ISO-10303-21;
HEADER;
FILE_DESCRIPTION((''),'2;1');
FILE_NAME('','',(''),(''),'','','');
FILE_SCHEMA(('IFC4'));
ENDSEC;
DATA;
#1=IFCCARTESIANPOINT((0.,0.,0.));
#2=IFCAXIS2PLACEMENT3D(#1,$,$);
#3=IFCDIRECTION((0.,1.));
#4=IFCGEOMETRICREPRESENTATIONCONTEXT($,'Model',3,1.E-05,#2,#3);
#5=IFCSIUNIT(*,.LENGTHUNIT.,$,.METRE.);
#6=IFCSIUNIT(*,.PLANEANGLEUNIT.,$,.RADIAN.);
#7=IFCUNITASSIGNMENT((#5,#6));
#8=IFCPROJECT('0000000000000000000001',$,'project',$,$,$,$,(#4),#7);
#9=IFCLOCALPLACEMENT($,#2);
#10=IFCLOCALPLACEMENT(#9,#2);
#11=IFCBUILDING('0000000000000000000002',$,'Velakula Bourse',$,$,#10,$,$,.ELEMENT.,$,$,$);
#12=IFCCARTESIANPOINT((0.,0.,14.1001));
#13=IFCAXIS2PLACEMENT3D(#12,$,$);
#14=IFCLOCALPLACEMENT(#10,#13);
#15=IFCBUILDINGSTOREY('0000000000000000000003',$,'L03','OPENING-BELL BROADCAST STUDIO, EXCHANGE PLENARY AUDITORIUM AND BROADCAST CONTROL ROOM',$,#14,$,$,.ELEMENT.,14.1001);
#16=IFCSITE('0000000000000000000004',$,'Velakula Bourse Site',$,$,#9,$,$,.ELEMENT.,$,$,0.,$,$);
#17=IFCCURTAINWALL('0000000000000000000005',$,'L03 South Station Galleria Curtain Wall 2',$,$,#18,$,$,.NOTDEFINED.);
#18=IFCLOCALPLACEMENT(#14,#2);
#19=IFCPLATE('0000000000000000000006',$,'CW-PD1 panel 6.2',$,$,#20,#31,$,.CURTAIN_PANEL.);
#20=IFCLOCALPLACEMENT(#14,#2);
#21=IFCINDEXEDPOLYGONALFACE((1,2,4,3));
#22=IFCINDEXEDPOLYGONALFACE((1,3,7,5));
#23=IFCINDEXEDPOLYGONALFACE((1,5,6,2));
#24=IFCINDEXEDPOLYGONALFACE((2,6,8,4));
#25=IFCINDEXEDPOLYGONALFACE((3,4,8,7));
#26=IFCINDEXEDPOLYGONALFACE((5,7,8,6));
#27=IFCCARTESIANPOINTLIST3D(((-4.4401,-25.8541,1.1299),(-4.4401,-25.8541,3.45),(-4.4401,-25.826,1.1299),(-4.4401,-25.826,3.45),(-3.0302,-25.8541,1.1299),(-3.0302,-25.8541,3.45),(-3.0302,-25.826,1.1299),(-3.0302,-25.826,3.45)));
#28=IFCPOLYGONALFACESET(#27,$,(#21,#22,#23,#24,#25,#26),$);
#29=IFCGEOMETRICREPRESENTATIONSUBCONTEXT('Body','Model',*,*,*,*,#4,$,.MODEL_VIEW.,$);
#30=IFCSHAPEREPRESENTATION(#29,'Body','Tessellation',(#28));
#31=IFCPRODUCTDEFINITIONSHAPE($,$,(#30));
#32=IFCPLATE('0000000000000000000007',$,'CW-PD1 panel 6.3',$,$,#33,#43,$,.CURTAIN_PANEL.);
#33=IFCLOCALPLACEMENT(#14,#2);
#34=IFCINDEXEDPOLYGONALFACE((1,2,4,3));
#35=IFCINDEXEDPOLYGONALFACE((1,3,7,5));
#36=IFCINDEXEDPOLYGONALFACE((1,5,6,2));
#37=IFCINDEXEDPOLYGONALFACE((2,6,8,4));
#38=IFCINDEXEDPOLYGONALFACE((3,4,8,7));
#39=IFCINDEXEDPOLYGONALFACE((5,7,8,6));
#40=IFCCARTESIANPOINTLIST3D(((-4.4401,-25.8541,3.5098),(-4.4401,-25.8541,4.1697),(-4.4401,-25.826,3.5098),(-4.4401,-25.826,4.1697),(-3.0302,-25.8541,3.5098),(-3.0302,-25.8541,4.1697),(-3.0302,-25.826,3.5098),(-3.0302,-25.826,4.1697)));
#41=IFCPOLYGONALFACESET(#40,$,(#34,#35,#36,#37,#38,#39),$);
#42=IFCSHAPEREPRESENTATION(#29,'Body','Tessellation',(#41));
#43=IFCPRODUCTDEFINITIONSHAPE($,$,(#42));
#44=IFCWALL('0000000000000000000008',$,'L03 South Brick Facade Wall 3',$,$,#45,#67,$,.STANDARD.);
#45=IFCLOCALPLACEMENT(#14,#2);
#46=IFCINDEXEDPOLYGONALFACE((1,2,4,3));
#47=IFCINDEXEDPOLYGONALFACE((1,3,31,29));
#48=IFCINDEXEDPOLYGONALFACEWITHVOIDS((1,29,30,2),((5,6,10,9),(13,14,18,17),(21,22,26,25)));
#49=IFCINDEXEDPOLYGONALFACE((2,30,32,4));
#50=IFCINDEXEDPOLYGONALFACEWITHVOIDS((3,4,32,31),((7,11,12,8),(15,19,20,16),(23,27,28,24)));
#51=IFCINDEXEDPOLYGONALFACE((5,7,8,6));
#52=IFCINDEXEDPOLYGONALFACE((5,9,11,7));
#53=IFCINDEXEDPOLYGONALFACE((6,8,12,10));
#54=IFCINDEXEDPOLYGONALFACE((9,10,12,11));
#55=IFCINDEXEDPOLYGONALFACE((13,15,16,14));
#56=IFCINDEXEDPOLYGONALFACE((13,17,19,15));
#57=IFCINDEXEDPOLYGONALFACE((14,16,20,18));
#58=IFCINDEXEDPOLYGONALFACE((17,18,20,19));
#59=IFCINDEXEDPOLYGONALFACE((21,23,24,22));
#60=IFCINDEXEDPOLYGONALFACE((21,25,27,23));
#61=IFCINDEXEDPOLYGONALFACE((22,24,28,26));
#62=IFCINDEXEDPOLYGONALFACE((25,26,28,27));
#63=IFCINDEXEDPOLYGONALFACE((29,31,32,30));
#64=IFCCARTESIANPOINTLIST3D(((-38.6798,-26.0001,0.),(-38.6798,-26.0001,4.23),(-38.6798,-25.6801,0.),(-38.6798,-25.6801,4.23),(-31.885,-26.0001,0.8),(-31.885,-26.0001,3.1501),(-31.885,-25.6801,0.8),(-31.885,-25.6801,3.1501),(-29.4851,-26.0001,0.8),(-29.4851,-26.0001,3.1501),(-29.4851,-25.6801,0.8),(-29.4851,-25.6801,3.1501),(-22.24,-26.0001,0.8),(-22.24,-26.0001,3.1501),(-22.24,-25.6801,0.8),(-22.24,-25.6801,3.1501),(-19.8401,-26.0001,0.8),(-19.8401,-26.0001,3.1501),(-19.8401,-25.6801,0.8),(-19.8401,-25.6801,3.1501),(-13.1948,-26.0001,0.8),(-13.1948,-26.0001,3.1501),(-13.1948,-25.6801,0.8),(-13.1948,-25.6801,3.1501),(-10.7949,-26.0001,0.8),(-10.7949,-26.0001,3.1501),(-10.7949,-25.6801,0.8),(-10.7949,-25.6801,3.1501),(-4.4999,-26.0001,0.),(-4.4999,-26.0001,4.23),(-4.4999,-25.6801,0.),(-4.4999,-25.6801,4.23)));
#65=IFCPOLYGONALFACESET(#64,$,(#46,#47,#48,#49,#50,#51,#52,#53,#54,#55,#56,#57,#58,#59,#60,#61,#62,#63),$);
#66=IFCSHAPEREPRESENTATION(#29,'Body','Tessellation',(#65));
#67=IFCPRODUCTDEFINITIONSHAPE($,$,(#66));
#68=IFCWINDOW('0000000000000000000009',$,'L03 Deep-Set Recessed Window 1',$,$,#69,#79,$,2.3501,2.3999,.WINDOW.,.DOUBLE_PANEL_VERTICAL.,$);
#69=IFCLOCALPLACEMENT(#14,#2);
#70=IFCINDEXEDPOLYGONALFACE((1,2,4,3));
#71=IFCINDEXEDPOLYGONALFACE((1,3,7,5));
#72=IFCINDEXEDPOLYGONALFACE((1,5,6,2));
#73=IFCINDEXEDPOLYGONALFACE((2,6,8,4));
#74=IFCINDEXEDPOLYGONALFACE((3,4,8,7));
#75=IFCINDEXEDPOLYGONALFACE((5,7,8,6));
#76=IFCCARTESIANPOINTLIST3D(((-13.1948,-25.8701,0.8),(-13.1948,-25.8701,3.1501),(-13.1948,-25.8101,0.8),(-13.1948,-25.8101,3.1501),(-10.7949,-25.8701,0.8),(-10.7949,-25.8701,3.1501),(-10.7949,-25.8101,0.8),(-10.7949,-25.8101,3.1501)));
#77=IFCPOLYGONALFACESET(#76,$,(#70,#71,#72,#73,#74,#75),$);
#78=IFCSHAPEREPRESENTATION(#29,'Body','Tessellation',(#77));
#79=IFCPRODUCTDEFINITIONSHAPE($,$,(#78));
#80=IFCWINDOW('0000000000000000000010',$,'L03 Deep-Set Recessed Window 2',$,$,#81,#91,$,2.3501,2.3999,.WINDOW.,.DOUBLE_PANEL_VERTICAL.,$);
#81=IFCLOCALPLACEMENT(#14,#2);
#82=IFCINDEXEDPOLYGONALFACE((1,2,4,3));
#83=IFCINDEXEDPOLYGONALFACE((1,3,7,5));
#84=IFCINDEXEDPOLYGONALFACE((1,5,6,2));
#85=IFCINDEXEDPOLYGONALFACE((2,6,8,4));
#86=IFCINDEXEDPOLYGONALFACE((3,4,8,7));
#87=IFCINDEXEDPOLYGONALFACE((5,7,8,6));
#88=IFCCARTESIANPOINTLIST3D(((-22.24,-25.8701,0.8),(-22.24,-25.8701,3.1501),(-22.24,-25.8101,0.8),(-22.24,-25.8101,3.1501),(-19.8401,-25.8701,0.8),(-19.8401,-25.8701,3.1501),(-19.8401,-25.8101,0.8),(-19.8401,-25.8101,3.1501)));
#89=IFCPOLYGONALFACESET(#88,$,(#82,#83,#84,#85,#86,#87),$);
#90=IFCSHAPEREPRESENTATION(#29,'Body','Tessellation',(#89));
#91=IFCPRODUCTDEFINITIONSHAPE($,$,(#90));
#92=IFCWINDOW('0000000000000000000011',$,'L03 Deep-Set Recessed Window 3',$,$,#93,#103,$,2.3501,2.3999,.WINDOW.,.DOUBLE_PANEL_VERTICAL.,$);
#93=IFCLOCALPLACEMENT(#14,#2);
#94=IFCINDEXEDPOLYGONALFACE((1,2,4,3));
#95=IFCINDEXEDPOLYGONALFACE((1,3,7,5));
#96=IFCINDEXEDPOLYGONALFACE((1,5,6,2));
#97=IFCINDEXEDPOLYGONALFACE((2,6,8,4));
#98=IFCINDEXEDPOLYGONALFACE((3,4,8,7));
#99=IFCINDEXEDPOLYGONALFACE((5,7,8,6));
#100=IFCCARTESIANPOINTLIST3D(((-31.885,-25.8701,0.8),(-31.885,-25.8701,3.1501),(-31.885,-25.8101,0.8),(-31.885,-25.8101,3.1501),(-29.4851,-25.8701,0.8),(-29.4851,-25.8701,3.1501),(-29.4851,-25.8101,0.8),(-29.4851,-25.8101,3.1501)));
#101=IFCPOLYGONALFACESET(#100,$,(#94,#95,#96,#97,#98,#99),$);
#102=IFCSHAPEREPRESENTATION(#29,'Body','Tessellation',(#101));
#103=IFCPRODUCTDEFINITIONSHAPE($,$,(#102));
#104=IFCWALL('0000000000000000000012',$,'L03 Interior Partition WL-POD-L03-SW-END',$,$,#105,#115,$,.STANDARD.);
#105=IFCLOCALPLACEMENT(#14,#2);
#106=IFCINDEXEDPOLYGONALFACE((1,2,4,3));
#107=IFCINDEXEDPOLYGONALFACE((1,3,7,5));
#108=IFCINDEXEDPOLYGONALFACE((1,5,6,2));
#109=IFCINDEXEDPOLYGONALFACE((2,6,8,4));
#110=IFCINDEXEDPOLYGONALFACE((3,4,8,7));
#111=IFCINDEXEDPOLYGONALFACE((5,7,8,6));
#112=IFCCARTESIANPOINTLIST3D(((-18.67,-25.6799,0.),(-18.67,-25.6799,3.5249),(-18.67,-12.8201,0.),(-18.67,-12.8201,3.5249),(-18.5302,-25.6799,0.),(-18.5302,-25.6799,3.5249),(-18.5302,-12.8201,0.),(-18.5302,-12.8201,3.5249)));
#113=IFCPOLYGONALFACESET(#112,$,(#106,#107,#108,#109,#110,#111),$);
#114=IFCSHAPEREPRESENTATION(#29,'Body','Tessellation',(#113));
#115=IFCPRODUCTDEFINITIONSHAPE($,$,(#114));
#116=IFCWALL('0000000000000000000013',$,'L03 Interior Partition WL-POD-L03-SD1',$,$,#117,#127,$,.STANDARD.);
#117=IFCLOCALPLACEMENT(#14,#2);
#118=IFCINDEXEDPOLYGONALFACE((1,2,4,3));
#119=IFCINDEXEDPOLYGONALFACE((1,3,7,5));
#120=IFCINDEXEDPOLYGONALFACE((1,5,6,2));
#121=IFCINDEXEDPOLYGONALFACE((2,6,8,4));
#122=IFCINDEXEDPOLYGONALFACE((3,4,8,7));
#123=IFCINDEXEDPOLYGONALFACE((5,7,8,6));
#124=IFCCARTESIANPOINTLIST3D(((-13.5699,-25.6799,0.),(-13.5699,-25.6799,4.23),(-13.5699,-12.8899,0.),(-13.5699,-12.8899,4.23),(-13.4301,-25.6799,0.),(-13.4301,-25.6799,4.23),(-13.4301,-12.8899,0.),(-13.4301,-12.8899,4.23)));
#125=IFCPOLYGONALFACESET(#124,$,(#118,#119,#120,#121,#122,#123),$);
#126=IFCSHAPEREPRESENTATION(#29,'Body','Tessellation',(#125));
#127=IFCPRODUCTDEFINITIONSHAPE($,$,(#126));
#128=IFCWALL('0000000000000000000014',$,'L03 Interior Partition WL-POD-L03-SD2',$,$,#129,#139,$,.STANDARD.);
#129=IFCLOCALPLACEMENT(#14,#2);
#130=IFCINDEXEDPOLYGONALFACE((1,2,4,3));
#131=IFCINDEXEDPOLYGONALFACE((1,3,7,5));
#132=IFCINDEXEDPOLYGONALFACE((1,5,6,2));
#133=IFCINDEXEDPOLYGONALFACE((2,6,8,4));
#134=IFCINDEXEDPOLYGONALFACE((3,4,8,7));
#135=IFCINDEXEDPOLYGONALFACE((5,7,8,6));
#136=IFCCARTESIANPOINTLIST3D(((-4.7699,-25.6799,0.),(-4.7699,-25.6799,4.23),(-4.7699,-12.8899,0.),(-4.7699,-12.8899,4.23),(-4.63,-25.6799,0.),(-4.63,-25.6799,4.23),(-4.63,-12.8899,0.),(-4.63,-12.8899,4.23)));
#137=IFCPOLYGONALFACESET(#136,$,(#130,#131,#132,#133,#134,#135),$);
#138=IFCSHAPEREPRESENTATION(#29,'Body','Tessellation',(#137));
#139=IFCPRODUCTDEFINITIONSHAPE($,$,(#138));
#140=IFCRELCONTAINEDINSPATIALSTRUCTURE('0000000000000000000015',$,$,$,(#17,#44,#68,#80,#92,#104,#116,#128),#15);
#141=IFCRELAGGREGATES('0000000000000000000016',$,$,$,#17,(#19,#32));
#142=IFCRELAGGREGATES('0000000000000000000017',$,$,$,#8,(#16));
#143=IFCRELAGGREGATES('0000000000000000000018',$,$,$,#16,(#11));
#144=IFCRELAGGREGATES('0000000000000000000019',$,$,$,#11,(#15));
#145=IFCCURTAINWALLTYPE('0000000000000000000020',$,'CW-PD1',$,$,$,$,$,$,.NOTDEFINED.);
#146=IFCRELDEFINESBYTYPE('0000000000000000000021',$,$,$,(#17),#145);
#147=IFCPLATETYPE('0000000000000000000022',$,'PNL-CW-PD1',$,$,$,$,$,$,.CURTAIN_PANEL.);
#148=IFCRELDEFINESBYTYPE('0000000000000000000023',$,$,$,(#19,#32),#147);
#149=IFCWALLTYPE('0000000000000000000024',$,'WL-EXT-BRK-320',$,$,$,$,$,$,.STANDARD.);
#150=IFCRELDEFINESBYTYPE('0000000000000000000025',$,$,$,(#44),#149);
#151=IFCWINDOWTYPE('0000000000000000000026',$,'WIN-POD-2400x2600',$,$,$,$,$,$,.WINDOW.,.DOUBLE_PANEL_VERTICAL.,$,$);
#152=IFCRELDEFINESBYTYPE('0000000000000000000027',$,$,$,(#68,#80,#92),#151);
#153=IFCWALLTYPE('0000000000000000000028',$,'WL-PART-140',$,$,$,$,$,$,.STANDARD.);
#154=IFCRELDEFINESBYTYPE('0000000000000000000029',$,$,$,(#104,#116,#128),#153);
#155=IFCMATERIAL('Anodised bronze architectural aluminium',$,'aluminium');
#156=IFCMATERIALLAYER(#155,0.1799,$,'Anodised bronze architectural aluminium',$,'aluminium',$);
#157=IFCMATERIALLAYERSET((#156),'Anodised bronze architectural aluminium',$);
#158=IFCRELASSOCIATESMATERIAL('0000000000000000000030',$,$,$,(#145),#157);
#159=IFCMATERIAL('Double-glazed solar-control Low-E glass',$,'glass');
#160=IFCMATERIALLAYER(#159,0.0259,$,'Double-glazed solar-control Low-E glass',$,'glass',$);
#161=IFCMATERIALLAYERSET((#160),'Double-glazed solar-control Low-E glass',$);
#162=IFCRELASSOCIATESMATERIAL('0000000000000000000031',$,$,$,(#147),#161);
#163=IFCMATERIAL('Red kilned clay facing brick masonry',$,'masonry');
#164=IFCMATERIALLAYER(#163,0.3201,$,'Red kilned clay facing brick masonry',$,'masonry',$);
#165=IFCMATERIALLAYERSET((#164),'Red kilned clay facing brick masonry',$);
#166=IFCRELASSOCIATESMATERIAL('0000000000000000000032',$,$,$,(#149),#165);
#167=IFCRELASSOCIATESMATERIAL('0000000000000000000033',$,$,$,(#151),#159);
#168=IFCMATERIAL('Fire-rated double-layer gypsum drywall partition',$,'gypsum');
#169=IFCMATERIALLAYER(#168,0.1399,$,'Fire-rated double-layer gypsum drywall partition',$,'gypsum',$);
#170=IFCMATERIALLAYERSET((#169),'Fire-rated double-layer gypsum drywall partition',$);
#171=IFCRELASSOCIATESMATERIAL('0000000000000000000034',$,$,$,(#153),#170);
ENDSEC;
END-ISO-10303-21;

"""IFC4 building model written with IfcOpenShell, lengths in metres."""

from ifc_helpers import new_model, si_unit, direction, frame, frame_2d, origin, origin_2d, place, context, subcontext, project, spatial, rectangle, extrude, material, layer, layer_set, type_object, element, fill, aggregate, save


model = new_model("IFC4")

# Units and contexts
model_context = context("Model", 3, precision=1e-05, world=origin(), true_north=direction((0.0, 1.0)))
body_context = subcontext(model_context, "Body", "Model", "MODEL_VIEW")
ifc_project = project(units=[si_unit("LENGTHUNIT", "METRE"), si_unit("PLANEANGLEUNIT", "RADIAN")], contexts=[model_context])

# Site, building, storey
site_placement = place(None, origin())
site = spatial("IfcSite", under=ifc_project, at=site_placement, Name="Velakula Bourse Site", CompositionType="ELEMENT", RefElevation=0.0)
building_placement = place(site_placement, origin())
building = spatial("IfcBuilding", under=site, at=building_placement, Name="Velakula Bourse", CompositionType="ELEMENT")
storey_placement = place(building_placement, frame((0.0, 0.0, 14.1001)))
storey = spatial("IfcBuildingStorey", under=building, at=storey_placement, Name="L03", Description="OPENING-BELL BROADCAST STUDIO, EXCHANGE PLENARY AUDITORIUM AND BROADCAST CONTROL ROOM", CompositionType="ELEMENT", Elevation=14.1001)

# Curtain wall, plates
ifc_material_1 = material(Name="Anodised bronze architectural aluminium", Category="aluminium")
ifc_layer_1 = layer(ifc_material_1, 0.1799, Name="Anodised bronze architectural aluminium", Category="aluminium")
ifc_layer_set_1 = layer_set([ifc_layer_1], Name="Anodised bronze architectural aluminium")
curtain_wall_type = type_object("IfcCurtainWallType", Name="CW-PD1", PredefinedType="NOTDEFINED", material=ifc_layer_set_1)
curtain_wall_placement = place(storey_placement, origin())
curtain_wall = element("IfcCurtainWall", 1, at=curtain_wall_placement, inside=storey, type_object=curtain_wall_type, Name="L03 South Station Galleria Curtain Wall 2", PredefinedType="NOTDEFINED")
ifc_material_2 = material(Name="Double-glazed solar-control Low-E glass", Category="glass")
ifc_layer_2 = layer(ifc_material_2, 0.0259, Name="Double-glazed solar-control Low-E glass", Category="glass")
ifc_layer_set_2 = layer_set([ifc_layer_2], Name="Double-glazed solar-control Low-E glass")
plate_type = type_object("IfcPlateType", Name="PNL-CW-PD1", PredefinedType="CURTAIN_PANEL", material=ifc_layer_set_2)
plate_1_placement = place(storey_placement, frame((-3.7351, -25.8401, 1.1299), z_axis=(0.0, 0.0, 1.0), x_axis=(-1.0, 0.0, 0.0)))
plate_1 = element("IfcPlate", 2, at=plate_1_placement, type_object=plate_type, Name="CW-PD1 panel 6.2", PredefinedType="CURTAIN_PANEL", context=body_context, shape_type="SweptSolid", body=[
    extrude(rectangle(XDim=1.4099, YDim=0.0281, at=origin_2d()), origin(), (0.0, 0.0, 1.0), 2.3201),
])
plate_2_placement = place(storey_placement, frame((-3.7351, -25.8401, 3.5098), z_axis=(0.0, 0.0, 1.0), x_axis=(-1.0, 0.0, 0.0)))
plate_2 = element("IfcPlate", 3, at=plate_2_placement, type_object=plate_type, Name="CW-PD1 panel 6.3", PredefinedType="CURTAIN_PANEL", context=body_context, shape_type="SweptSolid", body=[
    extrude(rectangle(XDim=1.4099, YDim=0.0281, at=origin_2d()), origin(), (0.0, 0.0, 1.0), 0.6599),
])
aggregate(curtain_wall, [plate_1, plate_2])

# Wall, openings, windows
ifc_material_3 = material(Name="Red kilned clay facing brick masonry", Category="masonry")
ifc_layer_3 = layer(ifc_material_3, 0.3201, Name="Red kilned clay facing brick masonry", Category="masonry")
ifc_layer_set_3 = layer_set([ifc_layer_3], Name="Red kilned clay facing brick masonry")
wall_type_1 = type_object("IfcWallType", Name="WL-EXT-BRK-320", PredefinedType="STANDARD", material=ifc_layer_set_3)
wall_1_placement = place(storey_placement, frame((-4.5, -25.8401, 0.0), z_axis=(0.0, 0.0, 1.0), x_axis=(-1.0, 0.0, 0.0)))
wall_1 = element("IfcWall", 4, at=wall_1_placement, inside=storey, type_object=wall_type_1, Name="L03 South Brick Facade Wall 3", PredefinedType="STANDARD", context=body_context, shape_type="SweptSolid", body=[
    extrude(rectangle(XDim=34.1799, YDim=0.3201, at=frame_2d((17.0898, 0.0))), origin(), (0.0, 0.0, 1.0), 4.23),
])
opening_1_placement = place(wall_1_placement, frame((6.2949, 0.0, 0.8)))
opening_1 = element("IfcOpeningElement", 5, at=opening_1_placement, cuts=wall_1, PredefinedType="OPENING", context=body_context, shape_type="SweptSolid", body=[
    extrude(rectangle(XDim=2.3999, YDim=2.3501, at=frame_2d((1.2, 1.175))), frame((0.0, 0.1699, 0.0), z_axis=(0.0, -1.0, 0.0), x_axis=(1.0, 0.0, 0.0)), (0.0, 0.0, 1.0), 0.3401),
])
opening_2_placement = place(wall_1_placement, frame((15.3401, 0.0, 0.8)))
opening_2 = element("IfcOpeningElement", 6, at=opening_2_placement, cuts=wall_1, PredefinedType="OPENING", context=body_context, shape_type="SweptSolid", body=[
    extrude(rectangle(XDim=2.3999, YDim=2.3501, at=frame_2d((1.2, 1.175))), frame((0.0, 0.1699, 0.0), z_axis=(0.0, -1.0, 0.0), x_axis=(1.0, 0.0, 0.0)), (0.0, 0.0, 1.0), 0.3401),
])
opening_3_placement = place(wall_1_placement, frame((24.9851, 0.0, 0.8)))
opening_3 = element("IfcOpeningElement", 7, at=opening_3_placement, cuts=wall_1, PredefinedType="OPENING", context=body_context, shape_type="SweptSolid", body=[
    extrude(rectangle(XDim=2.3999, YDim=2.3501, at=frame_2d((1.2, 1.175))), frame((0.0, 0.1699, 0.0), z_axis=(0.0, -1.0, 0.0), x_axis=(1.0, 0.0, 0.0)), (0.0, 0.0, 1.0), 0.3401),
])
window_type = type_object("IfcWindowType", Name="WIN-POD-2400x2600", PartitioningType="DOUBLE_PANEL_VERTICAL", PredefinedType="WINDOW", material=ifc_material_2)
window_1_placement = place(opening_1_placement, origin())
window_1 = element("IfcWindow", 8, at=window_1_placement, inside=storey, type_object=window_type, Name="L03 Deep-Set Recessed Window 1", OverallHeight=2.3501, OverallWidth=2.3999, PartitioningType="DOUBLE_PANEL_VERTICAL", PredefinedType="WINDOW", context=body_context, shape_type="SweptSolid", body=[
    extrude(rectangle(XDim=2.3999, YDim=2.3501, at=frame_2d((1.2, 1.175))), frame((0.0, 0.03, 0.0), z_axis=(0.0, -1.0, 0.0), x_axis=(1.0, 0.0, 0.0)), (0.0, 0.0, 1.0), 0.0601),
])
fill(opening_1, window_1)
window_2_placement = place(opening_2_placement, origin())
window_2 = element("IfcWindow", 9, at=window_2_placement, inside=storey, type_object=window_type, Name="L03 Deep-Set Recessed Window 2", OverallHeight=2.3501, OverallWidth=2.3999, PartitioningType="DOUBLE_PANEL_VERTICAL", PredefinedType="WINDOW", context=body_context, shape_type="SweptSolid", body=[
    extrude(rectangle(XDim=2.3999, YDim=2.3501, at=frame_2d((1.2, 1.175))), frame((0.0, 0.03, 0.0), z_axis=(0.0, -1.0, 0.0), x_axis=(1.0, 0.0, 0.0)), (0.0, 0.0, 1.0), 0.0601),
])
fill(opening_2, window_2)
window_3_placement = place(opening_3_placement, origin())
window_3 = element("IfcWindow", 10, at=window_3_placement, inside=storey, type_object=window_type, Name="L03 Deep-Set Recessed Window 3", OverallHeight=2.3501, OverallWidth=2.3999, PartitioningType="DOUBLE_PANEL_VERTICAL", PredefinedType="WINDOW", context=body_context, shape_type="SweptSolid", body=[
    extrude(rectangle(XDim=2.3999, YDim=2.3501, at=frame_2d((1.2, 1.175))), frame((0.0, 0.03, 0.0), z_axis=(0.0, -1.0, 0.0), x_axis=(1.0, 0.0, 0.0)), (0.0, 0.0, 1.0), 0.0601),
])
fill(opening_3, window_3)

# Walls
ifc_material_4 = material(Name="Fire-rated double-layer gypsum drywall partition", Category="gypsum")
ifc_layer_4 = layer(ifc_material_4, 0.1399, Name="Fire-rated double-layer gypsum drywall partition", Category="gypsum")
ifc_layer_set_4 = layer_set([ifc_layer_4], Name="Fire-rated double-layer gypsum drywall partition")
wall_type_2 = type_object("IfcWallType", Name="WL-PART-140", PredefinedType="STANDARD", material=ifc_layer_set_4)
wall_2_placement = place(storey_placement, frame((-18.6001, -25.6799, 0.0), z_axis=(0.0, 0.0, 1.0), x_axis=(0.0, 1.0, 0.0)))
element("IfcWall", 11, at=wall_2_placement, inside=storey, type_object=wall_type_2, Name="L03 Interior Partition WL-POD-L03-SW-END", PredefinedType="STANDARD", context=body_context, shape_type="SweptSolid", body=[
    extrude(rectangle(XDim=12.8599, YDim=0.1399, at=frame_2d((6.4299, 0.0))), origin(), (0.0, 0.0, 1.0), 3.5249),
])
for number, where, z_axis, x_axis, name in (
    (12, (-13.5, -25.6799, 0.0), (0.0, 0.0, 1.0), (0.0, 1.0, 0.0), "L03 Interior Partition WL-POD-L03-SD1"),
    (13, (-4.7, -25.6799, 0.0), (0.0, 0.0, 1.0), (0.0, 1.0, 0.0), "L03 Interior Partition WL-POD-L03-SD2"),
):
    element("IfcWall", number, at=place(storey_placement, frame(where, z_axis=z_axis, x_axis=x_axis)), inside=storey, type_object=wall_type_2, Name=name, PredefinedType="STANDARD", context=body_context, shape_type="SweptSolid", body=[
        extrude(rectangle(XDim=12.79, YDim=0.1399, at=frame_2d((6.395, 0.0))), origin(), (0.0, 0.0, 1.0), 4.23),
    ])

save(model, "model.ifc")
